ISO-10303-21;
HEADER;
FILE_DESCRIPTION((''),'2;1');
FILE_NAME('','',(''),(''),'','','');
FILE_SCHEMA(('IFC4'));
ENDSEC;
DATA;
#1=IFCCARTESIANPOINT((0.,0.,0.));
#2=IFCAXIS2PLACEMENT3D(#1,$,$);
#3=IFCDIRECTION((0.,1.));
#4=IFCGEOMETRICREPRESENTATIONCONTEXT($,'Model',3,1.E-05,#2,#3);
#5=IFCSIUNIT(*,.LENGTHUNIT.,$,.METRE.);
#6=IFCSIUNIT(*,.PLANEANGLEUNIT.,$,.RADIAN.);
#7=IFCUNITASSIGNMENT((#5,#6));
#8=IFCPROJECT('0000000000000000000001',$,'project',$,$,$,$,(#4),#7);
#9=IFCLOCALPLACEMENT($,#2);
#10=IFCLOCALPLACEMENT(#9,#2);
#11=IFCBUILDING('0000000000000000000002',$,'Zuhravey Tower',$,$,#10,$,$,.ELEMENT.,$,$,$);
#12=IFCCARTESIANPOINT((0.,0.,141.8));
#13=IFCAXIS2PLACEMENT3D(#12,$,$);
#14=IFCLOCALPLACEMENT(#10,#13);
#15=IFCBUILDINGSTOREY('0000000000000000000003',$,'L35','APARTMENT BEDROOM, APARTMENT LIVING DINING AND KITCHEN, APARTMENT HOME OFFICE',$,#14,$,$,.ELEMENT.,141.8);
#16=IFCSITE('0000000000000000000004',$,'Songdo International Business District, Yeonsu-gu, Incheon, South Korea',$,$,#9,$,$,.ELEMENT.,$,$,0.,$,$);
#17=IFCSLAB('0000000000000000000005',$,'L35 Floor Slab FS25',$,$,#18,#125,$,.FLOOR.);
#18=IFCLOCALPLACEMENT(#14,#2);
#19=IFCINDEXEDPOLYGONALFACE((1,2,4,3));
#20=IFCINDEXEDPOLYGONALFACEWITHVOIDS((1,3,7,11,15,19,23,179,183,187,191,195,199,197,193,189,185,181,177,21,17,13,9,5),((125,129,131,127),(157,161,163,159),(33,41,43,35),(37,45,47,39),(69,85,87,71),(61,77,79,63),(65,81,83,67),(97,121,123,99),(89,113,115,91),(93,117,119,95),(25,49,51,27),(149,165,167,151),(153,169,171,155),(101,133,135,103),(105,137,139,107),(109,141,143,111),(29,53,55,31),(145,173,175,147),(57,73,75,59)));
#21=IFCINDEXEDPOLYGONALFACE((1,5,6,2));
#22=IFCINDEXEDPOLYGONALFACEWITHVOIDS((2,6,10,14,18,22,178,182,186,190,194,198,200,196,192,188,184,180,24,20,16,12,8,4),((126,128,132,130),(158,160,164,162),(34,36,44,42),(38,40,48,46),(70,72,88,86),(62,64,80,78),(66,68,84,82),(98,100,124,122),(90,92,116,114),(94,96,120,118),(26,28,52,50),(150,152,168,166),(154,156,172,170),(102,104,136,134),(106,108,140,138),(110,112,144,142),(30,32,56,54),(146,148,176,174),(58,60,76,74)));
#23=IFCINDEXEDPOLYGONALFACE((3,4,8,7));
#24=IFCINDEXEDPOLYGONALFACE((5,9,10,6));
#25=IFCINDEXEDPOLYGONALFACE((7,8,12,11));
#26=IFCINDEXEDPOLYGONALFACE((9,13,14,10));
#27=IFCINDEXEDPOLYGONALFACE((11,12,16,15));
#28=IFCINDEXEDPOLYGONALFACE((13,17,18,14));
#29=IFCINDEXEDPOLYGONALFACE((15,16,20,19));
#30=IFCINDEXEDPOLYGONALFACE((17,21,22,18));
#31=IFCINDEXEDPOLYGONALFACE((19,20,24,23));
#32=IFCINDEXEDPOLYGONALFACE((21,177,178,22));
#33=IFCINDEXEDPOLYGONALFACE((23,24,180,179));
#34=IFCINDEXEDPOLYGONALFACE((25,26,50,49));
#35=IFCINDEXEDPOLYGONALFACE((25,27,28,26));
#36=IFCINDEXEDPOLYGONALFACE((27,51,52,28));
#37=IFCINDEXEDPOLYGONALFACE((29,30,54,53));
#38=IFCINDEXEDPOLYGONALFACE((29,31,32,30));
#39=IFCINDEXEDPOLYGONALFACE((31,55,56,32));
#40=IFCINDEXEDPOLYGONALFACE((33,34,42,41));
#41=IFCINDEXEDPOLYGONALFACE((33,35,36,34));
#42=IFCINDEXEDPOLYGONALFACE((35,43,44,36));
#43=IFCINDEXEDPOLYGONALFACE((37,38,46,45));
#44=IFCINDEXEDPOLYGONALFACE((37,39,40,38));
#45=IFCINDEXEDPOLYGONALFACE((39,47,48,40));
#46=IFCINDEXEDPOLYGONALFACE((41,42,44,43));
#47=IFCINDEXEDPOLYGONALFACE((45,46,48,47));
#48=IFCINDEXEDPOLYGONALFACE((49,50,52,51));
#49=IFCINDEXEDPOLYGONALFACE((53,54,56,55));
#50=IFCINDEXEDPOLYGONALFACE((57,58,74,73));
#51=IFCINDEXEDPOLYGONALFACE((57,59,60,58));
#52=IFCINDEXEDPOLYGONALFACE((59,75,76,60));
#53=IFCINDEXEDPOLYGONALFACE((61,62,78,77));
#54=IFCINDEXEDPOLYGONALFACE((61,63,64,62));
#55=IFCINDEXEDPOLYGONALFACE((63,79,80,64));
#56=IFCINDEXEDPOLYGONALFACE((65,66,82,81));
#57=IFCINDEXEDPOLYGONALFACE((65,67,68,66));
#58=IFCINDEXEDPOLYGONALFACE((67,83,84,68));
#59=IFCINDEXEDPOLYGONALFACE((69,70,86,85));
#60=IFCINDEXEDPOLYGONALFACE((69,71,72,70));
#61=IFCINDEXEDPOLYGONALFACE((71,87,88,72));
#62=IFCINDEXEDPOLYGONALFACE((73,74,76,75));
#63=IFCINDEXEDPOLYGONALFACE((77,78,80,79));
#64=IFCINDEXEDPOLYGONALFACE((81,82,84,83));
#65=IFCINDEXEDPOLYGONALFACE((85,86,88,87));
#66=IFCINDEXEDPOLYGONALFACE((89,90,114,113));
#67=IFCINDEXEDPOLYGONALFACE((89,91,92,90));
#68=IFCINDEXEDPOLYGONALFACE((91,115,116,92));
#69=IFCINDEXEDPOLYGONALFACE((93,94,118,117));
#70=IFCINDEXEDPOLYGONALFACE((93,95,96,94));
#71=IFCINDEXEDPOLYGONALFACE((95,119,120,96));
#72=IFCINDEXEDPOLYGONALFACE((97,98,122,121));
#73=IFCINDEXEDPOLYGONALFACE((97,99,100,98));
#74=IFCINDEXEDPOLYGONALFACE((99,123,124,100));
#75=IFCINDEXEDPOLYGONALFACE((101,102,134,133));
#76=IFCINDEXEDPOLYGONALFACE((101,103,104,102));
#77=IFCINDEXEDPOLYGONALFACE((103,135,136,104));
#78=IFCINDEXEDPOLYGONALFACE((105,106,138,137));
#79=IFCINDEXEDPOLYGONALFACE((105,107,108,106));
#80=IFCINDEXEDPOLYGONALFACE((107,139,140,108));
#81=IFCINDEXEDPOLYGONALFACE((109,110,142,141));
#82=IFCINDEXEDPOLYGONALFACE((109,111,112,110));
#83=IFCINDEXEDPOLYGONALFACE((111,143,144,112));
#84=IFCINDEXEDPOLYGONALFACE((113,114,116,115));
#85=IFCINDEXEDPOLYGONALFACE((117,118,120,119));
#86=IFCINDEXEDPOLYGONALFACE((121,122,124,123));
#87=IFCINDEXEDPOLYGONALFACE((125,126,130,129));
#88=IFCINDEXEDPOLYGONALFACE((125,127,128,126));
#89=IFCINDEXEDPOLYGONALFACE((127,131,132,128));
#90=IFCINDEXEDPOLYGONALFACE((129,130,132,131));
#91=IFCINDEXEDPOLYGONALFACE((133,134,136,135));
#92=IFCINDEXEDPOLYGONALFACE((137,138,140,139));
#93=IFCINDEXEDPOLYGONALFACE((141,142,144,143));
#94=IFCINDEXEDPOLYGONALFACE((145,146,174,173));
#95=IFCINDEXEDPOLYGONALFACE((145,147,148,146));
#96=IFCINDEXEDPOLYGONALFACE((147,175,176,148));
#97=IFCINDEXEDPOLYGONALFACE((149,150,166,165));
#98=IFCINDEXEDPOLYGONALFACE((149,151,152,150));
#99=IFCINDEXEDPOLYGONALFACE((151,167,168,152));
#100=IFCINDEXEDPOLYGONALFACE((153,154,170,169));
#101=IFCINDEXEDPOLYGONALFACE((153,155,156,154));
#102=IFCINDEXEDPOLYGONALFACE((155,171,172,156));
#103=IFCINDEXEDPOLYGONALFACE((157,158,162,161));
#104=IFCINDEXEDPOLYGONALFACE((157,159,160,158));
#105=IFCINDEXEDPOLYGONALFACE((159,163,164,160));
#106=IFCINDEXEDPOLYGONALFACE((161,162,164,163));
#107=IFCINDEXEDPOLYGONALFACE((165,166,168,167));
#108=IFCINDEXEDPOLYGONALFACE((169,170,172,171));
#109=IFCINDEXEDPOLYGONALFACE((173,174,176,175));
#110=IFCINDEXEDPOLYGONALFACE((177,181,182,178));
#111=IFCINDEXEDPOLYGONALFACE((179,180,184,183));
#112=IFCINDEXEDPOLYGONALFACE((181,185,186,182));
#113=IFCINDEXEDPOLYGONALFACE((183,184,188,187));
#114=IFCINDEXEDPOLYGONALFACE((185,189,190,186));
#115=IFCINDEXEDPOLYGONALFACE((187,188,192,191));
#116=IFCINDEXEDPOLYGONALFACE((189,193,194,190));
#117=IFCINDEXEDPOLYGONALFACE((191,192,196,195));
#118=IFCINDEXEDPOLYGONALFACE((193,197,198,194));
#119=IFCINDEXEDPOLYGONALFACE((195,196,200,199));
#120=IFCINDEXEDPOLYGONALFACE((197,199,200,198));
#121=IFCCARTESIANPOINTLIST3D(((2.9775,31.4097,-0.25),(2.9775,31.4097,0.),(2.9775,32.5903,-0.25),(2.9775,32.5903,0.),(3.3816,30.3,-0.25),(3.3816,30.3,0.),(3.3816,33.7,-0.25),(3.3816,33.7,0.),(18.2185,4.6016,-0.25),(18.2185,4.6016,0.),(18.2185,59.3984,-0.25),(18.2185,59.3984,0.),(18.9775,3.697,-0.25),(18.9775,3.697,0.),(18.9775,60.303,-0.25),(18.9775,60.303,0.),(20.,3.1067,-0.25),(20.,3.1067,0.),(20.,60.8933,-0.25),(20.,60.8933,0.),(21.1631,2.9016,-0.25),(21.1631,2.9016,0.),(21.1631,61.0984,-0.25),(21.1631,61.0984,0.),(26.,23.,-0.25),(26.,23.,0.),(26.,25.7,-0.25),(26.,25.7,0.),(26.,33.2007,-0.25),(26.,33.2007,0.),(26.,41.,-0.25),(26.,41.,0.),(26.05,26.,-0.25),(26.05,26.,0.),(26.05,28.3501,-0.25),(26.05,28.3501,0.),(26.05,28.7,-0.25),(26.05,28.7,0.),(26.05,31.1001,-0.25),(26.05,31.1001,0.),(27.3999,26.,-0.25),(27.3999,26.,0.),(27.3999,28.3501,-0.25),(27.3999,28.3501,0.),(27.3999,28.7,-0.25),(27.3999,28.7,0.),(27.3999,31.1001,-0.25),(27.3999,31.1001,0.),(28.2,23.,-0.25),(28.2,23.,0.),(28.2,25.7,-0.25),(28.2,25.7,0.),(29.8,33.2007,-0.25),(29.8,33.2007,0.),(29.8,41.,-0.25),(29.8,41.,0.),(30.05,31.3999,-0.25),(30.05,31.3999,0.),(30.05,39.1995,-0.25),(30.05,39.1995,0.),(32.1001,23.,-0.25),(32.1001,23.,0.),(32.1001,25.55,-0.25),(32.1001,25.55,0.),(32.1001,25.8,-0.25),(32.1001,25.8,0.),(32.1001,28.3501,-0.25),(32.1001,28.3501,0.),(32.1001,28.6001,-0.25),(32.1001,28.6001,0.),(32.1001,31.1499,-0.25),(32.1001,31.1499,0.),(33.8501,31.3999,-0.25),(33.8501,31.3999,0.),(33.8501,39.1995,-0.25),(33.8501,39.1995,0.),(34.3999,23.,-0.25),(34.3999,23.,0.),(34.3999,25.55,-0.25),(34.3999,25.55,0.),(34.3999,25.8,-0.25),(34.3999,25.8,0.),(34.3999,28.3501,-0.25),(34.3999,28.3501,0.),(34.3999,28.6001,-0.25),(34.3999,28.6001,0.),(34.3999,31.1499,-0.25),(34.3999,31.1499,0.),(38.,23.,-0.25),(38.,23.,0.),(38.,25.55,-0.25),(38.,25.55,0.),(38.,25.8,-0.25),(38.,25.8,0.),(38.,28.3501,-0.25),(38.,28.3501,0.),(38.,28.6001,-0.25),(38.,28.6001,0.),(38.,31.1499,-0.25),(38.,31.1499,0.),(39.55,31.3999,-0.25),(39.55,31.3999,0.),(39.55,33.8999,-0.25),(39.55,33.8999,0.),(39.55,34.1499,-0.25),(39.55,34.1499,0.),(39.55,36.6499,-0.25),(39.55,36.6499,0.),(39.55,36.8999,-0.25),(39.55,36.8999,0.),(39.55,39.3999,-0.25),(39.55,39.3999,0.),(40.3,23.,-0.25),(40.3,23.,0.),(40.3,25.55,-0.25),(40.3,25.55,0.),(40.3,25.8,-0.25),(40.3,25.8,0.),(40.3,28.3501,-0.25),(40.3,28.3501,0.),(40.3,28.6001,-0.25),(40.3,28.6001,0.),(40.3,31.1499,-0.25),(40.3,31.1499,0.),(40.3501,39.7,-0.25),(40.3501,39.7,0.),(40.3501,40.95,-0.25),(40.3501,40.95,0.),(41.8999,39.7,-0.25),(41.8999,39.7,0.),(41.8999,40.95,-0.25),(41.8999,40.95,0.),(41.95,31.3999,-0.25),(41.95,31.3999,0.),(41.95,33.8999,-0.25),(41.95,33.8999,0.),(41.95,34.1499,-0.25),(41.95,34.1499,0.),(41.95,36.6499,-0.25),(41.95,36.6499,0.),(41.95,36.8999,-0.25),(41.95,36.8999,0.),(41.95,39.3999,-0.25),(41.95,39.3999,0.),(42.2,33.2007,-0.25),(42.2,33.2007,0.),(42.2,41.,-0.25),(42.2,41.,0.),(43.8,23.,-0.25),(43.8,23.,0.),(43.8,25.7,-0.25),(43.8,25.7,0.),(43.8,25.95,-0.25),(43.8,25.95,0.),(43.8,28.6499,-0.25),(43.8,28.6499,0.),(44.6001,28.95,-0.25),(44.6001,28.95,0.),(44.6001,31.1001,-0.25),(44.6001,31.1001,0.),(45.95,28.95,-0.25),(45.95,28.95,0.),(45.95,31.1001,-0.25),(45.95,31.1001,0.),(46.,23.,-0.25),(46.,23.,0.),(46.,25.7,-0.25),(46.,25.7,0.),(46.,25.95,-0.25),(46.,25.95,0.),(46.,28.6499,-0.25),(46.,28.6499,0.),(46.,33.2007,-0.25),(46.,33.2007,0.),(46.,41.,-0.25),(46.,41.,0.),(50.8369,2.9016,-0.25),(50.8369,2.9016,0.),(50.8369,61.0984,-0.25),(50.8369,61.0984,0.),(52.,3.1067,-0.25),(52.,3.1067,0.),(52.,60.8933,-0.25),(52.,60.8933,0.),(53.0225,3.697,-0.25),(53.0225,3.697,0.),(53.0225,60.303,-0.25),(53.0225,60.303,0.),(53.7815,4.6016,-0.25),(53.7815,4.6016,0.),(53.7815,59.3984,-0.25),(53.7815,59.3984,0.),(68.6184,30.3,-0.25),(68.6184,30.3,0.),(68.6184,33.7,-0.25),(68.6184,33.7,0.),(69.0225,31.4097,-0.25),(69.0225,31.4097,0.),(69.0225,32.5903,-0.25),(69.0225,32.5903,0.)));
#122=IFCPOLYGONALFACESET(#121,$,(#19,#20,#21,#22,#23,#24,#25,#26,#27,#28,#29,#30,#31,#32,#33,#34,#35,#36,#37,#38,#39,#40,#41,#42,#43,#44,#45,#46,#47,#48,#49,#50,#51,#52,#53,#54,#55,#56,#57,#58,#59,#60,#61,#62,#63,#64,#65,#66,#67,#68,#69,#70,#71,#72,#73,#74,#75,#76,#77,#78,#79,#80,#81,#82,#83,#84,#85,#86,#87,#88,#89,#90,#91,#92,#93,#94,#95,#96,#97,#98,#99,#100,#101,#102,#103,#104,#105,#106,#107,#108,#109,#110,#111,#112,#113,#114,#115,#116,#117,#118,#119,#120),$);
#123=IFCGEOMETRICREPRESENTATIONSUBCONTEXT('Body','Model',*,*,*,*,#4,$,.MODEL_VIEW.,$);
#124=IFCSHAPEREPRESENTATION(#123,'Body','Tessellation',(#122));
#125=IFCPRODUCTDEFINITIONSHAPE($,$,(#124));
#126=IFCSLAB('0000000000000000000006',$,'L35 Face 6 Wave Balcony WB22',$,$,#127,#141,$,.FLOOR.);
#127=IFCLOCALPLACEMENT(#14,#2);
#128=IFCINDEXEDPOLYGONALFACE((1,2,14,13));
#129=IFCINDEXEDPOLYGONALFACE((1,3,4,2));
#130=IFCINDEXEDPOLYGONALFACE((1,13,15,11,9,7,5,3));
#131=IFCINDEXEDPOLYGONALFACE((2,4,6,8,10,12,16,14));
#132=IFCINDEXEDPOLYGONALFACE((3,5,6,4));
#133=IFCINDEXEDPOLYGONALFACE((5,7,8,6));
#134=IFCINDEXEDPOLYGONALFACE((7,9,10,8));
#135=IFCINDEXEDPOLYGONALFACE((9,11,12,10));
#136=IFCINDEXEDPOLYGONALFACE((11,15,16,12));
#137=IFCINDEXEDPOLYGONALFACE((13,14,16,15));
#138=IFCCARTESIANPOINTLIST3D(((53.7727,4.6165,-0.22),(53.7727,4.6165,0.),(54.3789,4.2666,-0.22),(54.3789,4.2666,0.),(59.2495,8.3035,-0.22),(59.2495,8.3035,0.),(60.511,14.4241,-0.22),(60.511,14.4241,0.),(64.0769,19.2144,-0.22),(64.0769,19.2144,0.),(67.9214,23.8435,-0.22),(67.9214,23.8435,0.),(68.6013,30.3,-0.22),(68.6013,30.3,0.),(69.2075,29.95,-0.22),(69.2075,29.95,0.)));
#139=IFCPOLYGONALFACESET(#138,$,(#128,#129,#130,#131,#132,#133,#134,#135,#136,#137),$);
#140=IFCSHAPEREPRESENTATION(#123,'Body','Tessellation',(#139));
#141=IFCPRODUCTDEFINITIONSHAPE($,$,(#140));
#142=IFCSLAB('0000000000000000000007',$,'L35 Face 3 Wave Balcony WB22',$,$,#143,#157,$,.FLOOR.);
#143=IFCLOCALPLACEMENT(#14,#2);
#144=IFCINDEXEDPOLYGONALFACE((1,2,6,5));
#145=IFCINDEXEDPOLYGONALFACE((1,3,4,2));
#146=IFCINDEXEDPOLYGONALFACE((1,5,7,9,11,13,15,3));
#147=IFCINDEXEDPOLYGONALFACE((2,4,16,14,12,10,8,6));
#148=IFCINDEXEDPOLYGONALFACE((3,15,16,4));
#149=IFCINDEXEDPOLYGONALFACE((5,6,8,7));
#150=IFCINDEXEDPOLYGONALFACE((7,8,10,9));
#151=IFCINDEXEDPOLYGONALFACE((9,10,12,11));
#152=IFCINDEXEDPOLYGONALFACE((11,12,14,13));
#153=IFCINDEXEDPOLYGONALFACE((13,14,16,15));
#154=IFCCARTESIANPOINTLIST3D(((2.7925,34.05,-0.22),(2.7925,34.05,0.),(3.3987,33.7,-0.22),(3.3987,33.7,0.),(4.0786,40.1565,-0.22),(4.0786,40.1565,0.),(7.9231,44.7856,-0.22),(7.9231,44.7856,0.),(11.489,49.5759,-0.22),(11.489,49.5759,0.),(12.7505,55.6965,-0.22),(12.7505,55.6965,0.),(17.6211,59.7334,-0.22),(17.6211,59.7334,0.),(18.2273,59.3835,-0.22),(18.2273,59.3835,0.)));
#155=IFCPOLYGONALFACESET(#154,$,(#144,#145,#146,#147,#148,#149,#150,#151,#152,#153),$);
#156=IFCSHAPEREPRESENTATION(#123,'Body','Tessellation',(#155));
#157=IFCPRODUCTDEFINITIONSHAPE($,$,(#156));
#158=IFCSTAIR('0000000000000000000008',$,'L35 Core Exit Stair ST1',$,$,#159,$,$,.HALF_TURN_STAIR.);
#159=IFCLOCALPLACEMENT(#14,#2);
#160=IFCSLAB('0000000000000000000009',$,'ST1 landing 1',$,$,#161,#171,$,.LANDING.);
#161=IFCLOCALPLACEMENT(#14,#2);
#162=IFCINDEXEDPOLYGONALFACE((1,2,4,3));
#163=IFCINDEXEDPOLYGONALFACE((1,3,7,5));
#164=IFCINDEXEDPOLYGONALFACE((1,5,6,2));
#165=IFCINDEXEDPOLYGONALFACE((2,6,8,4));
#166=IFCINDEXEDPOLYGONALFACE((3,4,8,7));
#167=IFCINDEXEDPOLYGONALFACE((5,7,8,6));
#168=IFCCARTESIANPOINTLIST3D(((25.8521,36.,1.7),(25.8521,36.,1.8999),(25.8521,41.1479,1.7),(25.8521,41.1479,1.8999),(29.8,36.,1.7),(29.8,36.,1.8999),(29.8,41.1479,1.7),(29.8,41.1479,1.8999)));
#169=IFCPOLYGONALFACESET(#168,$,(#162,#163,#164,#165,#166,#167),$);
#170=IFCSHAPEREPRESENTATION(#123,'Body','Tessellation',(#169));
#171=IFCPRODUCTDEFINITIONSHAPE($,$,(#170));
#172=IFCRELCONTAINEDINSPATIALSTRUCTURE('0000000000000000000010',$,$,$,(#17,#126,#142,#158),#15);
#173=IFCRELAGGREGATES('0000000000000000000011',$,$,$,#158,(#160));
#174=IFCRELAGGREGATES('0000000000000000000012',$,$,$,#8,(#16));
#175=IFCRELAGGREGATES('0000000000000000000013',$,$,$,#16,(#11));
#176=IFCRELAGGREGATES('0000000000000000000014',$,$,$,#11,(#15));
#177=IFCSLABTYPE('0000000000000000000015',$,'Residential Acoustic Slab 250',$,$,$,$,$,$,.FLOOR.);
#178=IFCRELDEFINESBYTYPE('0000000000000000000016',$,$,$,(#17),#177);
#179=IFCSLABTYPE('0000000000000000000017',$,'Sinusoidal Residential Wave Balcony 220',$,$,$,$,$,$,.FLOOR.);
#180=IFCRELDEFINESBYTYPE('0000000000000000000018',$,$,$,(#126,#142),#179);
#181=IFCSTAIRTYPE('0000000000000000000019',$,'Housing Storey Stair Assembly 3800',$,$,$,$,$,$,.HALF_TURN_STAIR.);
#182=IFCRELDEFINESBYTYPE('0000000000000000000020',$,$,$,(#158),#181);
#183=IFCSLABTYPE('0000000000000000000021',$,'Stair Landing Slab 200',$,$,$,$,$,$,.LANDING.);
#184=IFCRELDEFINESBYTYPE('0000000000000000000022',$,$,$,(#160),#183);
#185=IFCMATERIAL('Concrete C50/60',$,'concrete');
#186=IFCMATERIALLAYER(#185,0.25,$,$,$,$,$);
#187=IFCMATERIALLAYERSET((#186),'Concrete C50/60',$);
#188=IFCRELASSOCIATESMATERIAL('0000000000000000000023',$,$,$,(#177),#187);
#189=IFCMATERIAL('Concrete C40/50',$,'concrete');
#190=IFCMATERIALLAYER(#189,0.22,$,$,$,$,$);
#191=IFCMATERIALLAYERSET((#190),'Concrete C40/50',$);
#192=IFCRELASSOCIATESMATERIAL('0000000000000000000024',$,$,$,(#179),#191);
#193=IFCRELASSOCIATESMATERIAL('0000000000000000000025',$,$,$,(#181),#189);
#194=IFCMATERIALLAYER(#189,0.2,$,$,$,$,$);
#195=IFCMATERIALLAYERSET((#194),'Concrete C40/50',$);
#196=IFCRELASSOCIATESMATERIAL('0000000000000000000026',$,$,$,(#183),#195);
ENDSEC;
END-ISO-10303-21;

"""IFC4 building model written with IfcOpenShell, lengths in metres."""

from ifc_helpers import new_model, si_unit, direction, frame, origin, place, context, subcontext, project, spatial, polyline, outline, extrude, material, layer, layer_set, type_object, element, aggregate, save


model = new_model("IFC4")

# Units and contexts
model_context = context("Model", 3, precision=1e-05, world=origin(), true_north=direction((0.0, 1.0)))
body_context = subcontext(model_context, "Body", "Model", "MODEL_VIEW")
ifc_project = project(units=[si_unit("LENGTHUNIT", "METRE"), si_unit("PLANEANGLEUNIT", "RADIAN")], contexts=[model_context])

# Site, building, storey
site_placement = place(None, origin())
site = spatial("IfcSite", under=ifc_project, at=site_placement, Name="Songdo International Business District, Yeonsu-gu, Incheon, South Korea", CompositionType="ELEMENT", RefElevation=0.0)
building_placement = place(site_placement, origin())
building = spatial("IfcBuilding", under=site, at=building_placement, Name="Zuhravey Tower", CompositionType="ELEMENT")
storey_placement = place(building_placement, frame((0.0, 0.0, 141.8)))
storey = spatial("IfcBuildingStorey", under=building, at=storey_placement, Name="L35", Description="APARTMENT BEDROOM, APARTMENT LIVING DINING AND KITCHEN, APARTMENT HOME OFFICE", CompositionType="ELEMENT", Elevation=141.8)

# Slabs
ifc_material_1 = material(Name="Concrete C50/60", Category="concrete")
ifc_layer_1 = layer(ifc_material_1, 0.25)
ifc_layer_set_1 = layer_set([ifc_layer_1], Name="Concrete C50/60")
slab_type_1 = type_object("IfcSlabType", Name="Residential Acoustic Slab 250", PredefinedType="FLOOR", material=ifc_layer_set_1)
slab_1_placement = place(storey_placement, frame((0.0, 0.0, -0.25)))
element("IfcSlab", 1, at=slab_1_placement, inside=storey, type_object=slab_type_1, Name="L35 Floor Slab FS25", PredefinedType="FLOOR", context=body_context, shape_type="SweptSolid", body=[
    extrude(outline(polyline([(68.6184, 30.3), (69.0225, 31.4097), (69.0225, 32.5903), (68.6184, 33.7), (53.7815, 59.3984), (53.0225, 60.303), (52.0, 60.8933), (50.8369, 61.0984), (21.1631, 61.0984), (20.0, 60.8933), (18.9775, 60.303), (18.2185, 59.3984), (3.3816, 33.7), (2.9775, 32.5903), (2.9775, 31.4097), (3.3816, 30.3), (18.2185, 4.6016), (18.9775, 3.697), (20.0, 3.1067), (21.1631, 2.9016), (50.8369, 2.9016), (52.0, 3.1067), (53.0225, 3.697), (53.7815, 4.6016), (68.6184, 30.3)]), holes=[polyline([(29.8, 33.2007), (29.8, 41.0), (26.0, 41.0), (26.0, 33.2007), (29.8, 33.2007)]), polyline([(46.0, 33.2007), (46.0, 41.0), (42.2, 41.0), (42.2, 33.2007), (46.0, 33.2007)]), polyline([(30.05, 39.1995), (30.05, 31.3999), (33.8501, 31.3999), (33.8501, 39.1995), (30.05, 39.1995)]), polyline([(32.1001, 23.0), (34.3999, 23.0), (34.3999, 25.55), (32.1001, 25.55), (32.1001, 23.0)]), polyline([(32.1001, 25.8), (34.3999, 25.8), (34.3999, 28.3501), (32.1001, 28.3501), (32.1001, 25.8)]), polyline([(32.1001, 28.6001), (34.3999, 28.6001), (34.3999, 31.1499), (32.1001, 31.1499), (32.1001, 28.6001)]), polyline([(38.0, 23.0), (40.3, 23.0), (40.3, 25.55), (38.0, 25.55), (38.0, 23.0)]), polyline([(38.0, 25.8), (40.3, 25.8), (40.3, 28.3501), (38.0, 28.3501), (38.0, 25.8)]), polyline([(38.0, 28.6001), (40.3, 28.6001), (40.3, 31.1499), (38.0, 31.1499), (38.0, 28.6001)]), polyline([(39.55, 31.3999), (41.95, 31.3999), (41.95, 33.8999), (39.55, 33.8999), (39.55, 31.3999)]), polyline([(39.55, 34.1499), (41.95, 34.1499), (41.95, 36.6499), (39.55, 36.6499), (39.55, 34.1499)]), polyline([(39.55, 36.8999), (41.95, 36.8999), (41.95, 39.3999), (39.55, 39.3999), (39.55, 36.8999)]), polyline([(26.0, 23.0), (28.2, 23.0), (28.2, 25.7), (26.0, 25.7), (26.0, 23.0)]), polyline([(43.8, 23.0), (46.0, 23.0), (46.0, 25.7), (43.8, 25.7), (43.8, 23.0)]), polyline([(43.8, 25.95), (46.0, 25.95), (46.0, 28.6499), (43.8, 28.6499), (43.8, 25.95)]), polyline([(26.05, 26.0), (27.3999, 26.0), (27.3999, 28.3501), (26.05, 28.3501), (26.05, 26.0)]), polyline([(26.05, 28.7), (27.3999, 28.7), (27.3999, 31.1001), (26.05, 31.1001), (26.05, 28.7)]), polyline([(44.6001, 28.95), (45.95, 28.95), (45.95, 31.1001), (44.6001, 31.1001), (44.6001, 28.95)]), polyline([(40.3501, 39.7), (41.8999, 39.7), (41.8999, 40.95), (40.3501, 40.95), (40.3501, 39.7)])]), origin(), (0.0, 0.0, 1.0), 0.25),
])
ifc_material_2 = material(Name="Concrete C40/50", Category="concrete")
ifc_layer_2 = layer(ifc_material_2, 0.22)
ifc_layer_set_2 = layer_set([ifc_layer_2], Name="Concrete C40/50")
slab_type_2 = type_object("IfcSlabType", Name="Sinusoidal Residential Wave Balcony 220", PredefinedType="FLOOR", material=ifc_layer_set_2)
slab_2_placement = place(storey_placement, frame((0.0, 0.0, -0.22)))
element("IfcSlab", 2, at=slab_2_placement, inside=storey, type_object=slab_type_2, Name="L35 Face 6 Wave Balcony WB22", PredefinedType="FLOOR", context=body_context, shape_type="SweptSolid", body=[
    extrude(outline(polyline([(53.7727, 4.6165), (68.6013, 30.3), (69.2075, 29.95), (67.9214, 23.8435), (64.0769, 19.2144), (60.511, 14.4241), (59.2495, 8.3035), (54.3789, 4.2666), (53.7727, 4.6165)])), origin(), (0.0, 0.0, 1.0), 0.22),
])
slab_3_placement = place(storey_placement, frame((0.0, 0.0, -0.22)))
element("IfcSlab", 3, at=slab_3_placement, inside=storey, type_object=slab_type_2, Name="L35 Face 3 Wave Balcony WB22", PredefinedType="FLOOR", context=body_context, shape_type="SweptSolid", body=[
    extrude(outline(polyline([(18.2273, 59.3835), (3.3987, 33.7), (2.7925, 34.05), (4.0786, 40.1565), (7.9231, 44.7856), (11.489, 49.5759), (12.7505, 55.6965), (17.6211, 59.7334), (18.2273, 59.3835)])), origin(), (0.0, 0.0, 1.0), 0.22),
])

# Stair, slab
stair_type = type_object("IfcStairType", Name="Housing Storey Stair Assembly 3800", PredefinedType="HALF_TURN_STAIR", material=ifc_material_2)
stair_1_placement = place(storey_placement, origin())
stair_1 = element("IfcStair", 4, at=stair_1_placement, inside=storey, type_object=stair_type, Name="L35 Core Exit Stair ST1", PredefinedType="HALF_TURN_STAIR")
ifc_layer_3 = layer(ifc_material_2, 0.2)
ifc_layer_set_3 = layer_set([ifc_layer_3], Name="Concrete C40/50")
slab_type_3 = type_object("IfcSlabType", Name="Stair Landing Slab 200", PredefinedType="LANDING", material=ifc_layer_set_3)
slab_4_placement = place(storey_placement, frame((0.0, 0.0, 1.7)))
slab_4 = element("IfcSlab", 5, at=slab_4_placement, type_object=slab_type_3, Name="ST1 landing 1", PredefinedType="LANDING", context=body_context, shape_type="SweptSolid", body=[
    extrude(outline(polyline([(29.8, 36.0), (29.8, 41.1479), (25.8521, 41.1479), (25.8521, 36.0), (29.8, 36.0)])), origin(), (0.0, 0.0, 1.0), 0.2),
])
aggregate(stair_1, [slab_4])

save(model, "model.ifc")
